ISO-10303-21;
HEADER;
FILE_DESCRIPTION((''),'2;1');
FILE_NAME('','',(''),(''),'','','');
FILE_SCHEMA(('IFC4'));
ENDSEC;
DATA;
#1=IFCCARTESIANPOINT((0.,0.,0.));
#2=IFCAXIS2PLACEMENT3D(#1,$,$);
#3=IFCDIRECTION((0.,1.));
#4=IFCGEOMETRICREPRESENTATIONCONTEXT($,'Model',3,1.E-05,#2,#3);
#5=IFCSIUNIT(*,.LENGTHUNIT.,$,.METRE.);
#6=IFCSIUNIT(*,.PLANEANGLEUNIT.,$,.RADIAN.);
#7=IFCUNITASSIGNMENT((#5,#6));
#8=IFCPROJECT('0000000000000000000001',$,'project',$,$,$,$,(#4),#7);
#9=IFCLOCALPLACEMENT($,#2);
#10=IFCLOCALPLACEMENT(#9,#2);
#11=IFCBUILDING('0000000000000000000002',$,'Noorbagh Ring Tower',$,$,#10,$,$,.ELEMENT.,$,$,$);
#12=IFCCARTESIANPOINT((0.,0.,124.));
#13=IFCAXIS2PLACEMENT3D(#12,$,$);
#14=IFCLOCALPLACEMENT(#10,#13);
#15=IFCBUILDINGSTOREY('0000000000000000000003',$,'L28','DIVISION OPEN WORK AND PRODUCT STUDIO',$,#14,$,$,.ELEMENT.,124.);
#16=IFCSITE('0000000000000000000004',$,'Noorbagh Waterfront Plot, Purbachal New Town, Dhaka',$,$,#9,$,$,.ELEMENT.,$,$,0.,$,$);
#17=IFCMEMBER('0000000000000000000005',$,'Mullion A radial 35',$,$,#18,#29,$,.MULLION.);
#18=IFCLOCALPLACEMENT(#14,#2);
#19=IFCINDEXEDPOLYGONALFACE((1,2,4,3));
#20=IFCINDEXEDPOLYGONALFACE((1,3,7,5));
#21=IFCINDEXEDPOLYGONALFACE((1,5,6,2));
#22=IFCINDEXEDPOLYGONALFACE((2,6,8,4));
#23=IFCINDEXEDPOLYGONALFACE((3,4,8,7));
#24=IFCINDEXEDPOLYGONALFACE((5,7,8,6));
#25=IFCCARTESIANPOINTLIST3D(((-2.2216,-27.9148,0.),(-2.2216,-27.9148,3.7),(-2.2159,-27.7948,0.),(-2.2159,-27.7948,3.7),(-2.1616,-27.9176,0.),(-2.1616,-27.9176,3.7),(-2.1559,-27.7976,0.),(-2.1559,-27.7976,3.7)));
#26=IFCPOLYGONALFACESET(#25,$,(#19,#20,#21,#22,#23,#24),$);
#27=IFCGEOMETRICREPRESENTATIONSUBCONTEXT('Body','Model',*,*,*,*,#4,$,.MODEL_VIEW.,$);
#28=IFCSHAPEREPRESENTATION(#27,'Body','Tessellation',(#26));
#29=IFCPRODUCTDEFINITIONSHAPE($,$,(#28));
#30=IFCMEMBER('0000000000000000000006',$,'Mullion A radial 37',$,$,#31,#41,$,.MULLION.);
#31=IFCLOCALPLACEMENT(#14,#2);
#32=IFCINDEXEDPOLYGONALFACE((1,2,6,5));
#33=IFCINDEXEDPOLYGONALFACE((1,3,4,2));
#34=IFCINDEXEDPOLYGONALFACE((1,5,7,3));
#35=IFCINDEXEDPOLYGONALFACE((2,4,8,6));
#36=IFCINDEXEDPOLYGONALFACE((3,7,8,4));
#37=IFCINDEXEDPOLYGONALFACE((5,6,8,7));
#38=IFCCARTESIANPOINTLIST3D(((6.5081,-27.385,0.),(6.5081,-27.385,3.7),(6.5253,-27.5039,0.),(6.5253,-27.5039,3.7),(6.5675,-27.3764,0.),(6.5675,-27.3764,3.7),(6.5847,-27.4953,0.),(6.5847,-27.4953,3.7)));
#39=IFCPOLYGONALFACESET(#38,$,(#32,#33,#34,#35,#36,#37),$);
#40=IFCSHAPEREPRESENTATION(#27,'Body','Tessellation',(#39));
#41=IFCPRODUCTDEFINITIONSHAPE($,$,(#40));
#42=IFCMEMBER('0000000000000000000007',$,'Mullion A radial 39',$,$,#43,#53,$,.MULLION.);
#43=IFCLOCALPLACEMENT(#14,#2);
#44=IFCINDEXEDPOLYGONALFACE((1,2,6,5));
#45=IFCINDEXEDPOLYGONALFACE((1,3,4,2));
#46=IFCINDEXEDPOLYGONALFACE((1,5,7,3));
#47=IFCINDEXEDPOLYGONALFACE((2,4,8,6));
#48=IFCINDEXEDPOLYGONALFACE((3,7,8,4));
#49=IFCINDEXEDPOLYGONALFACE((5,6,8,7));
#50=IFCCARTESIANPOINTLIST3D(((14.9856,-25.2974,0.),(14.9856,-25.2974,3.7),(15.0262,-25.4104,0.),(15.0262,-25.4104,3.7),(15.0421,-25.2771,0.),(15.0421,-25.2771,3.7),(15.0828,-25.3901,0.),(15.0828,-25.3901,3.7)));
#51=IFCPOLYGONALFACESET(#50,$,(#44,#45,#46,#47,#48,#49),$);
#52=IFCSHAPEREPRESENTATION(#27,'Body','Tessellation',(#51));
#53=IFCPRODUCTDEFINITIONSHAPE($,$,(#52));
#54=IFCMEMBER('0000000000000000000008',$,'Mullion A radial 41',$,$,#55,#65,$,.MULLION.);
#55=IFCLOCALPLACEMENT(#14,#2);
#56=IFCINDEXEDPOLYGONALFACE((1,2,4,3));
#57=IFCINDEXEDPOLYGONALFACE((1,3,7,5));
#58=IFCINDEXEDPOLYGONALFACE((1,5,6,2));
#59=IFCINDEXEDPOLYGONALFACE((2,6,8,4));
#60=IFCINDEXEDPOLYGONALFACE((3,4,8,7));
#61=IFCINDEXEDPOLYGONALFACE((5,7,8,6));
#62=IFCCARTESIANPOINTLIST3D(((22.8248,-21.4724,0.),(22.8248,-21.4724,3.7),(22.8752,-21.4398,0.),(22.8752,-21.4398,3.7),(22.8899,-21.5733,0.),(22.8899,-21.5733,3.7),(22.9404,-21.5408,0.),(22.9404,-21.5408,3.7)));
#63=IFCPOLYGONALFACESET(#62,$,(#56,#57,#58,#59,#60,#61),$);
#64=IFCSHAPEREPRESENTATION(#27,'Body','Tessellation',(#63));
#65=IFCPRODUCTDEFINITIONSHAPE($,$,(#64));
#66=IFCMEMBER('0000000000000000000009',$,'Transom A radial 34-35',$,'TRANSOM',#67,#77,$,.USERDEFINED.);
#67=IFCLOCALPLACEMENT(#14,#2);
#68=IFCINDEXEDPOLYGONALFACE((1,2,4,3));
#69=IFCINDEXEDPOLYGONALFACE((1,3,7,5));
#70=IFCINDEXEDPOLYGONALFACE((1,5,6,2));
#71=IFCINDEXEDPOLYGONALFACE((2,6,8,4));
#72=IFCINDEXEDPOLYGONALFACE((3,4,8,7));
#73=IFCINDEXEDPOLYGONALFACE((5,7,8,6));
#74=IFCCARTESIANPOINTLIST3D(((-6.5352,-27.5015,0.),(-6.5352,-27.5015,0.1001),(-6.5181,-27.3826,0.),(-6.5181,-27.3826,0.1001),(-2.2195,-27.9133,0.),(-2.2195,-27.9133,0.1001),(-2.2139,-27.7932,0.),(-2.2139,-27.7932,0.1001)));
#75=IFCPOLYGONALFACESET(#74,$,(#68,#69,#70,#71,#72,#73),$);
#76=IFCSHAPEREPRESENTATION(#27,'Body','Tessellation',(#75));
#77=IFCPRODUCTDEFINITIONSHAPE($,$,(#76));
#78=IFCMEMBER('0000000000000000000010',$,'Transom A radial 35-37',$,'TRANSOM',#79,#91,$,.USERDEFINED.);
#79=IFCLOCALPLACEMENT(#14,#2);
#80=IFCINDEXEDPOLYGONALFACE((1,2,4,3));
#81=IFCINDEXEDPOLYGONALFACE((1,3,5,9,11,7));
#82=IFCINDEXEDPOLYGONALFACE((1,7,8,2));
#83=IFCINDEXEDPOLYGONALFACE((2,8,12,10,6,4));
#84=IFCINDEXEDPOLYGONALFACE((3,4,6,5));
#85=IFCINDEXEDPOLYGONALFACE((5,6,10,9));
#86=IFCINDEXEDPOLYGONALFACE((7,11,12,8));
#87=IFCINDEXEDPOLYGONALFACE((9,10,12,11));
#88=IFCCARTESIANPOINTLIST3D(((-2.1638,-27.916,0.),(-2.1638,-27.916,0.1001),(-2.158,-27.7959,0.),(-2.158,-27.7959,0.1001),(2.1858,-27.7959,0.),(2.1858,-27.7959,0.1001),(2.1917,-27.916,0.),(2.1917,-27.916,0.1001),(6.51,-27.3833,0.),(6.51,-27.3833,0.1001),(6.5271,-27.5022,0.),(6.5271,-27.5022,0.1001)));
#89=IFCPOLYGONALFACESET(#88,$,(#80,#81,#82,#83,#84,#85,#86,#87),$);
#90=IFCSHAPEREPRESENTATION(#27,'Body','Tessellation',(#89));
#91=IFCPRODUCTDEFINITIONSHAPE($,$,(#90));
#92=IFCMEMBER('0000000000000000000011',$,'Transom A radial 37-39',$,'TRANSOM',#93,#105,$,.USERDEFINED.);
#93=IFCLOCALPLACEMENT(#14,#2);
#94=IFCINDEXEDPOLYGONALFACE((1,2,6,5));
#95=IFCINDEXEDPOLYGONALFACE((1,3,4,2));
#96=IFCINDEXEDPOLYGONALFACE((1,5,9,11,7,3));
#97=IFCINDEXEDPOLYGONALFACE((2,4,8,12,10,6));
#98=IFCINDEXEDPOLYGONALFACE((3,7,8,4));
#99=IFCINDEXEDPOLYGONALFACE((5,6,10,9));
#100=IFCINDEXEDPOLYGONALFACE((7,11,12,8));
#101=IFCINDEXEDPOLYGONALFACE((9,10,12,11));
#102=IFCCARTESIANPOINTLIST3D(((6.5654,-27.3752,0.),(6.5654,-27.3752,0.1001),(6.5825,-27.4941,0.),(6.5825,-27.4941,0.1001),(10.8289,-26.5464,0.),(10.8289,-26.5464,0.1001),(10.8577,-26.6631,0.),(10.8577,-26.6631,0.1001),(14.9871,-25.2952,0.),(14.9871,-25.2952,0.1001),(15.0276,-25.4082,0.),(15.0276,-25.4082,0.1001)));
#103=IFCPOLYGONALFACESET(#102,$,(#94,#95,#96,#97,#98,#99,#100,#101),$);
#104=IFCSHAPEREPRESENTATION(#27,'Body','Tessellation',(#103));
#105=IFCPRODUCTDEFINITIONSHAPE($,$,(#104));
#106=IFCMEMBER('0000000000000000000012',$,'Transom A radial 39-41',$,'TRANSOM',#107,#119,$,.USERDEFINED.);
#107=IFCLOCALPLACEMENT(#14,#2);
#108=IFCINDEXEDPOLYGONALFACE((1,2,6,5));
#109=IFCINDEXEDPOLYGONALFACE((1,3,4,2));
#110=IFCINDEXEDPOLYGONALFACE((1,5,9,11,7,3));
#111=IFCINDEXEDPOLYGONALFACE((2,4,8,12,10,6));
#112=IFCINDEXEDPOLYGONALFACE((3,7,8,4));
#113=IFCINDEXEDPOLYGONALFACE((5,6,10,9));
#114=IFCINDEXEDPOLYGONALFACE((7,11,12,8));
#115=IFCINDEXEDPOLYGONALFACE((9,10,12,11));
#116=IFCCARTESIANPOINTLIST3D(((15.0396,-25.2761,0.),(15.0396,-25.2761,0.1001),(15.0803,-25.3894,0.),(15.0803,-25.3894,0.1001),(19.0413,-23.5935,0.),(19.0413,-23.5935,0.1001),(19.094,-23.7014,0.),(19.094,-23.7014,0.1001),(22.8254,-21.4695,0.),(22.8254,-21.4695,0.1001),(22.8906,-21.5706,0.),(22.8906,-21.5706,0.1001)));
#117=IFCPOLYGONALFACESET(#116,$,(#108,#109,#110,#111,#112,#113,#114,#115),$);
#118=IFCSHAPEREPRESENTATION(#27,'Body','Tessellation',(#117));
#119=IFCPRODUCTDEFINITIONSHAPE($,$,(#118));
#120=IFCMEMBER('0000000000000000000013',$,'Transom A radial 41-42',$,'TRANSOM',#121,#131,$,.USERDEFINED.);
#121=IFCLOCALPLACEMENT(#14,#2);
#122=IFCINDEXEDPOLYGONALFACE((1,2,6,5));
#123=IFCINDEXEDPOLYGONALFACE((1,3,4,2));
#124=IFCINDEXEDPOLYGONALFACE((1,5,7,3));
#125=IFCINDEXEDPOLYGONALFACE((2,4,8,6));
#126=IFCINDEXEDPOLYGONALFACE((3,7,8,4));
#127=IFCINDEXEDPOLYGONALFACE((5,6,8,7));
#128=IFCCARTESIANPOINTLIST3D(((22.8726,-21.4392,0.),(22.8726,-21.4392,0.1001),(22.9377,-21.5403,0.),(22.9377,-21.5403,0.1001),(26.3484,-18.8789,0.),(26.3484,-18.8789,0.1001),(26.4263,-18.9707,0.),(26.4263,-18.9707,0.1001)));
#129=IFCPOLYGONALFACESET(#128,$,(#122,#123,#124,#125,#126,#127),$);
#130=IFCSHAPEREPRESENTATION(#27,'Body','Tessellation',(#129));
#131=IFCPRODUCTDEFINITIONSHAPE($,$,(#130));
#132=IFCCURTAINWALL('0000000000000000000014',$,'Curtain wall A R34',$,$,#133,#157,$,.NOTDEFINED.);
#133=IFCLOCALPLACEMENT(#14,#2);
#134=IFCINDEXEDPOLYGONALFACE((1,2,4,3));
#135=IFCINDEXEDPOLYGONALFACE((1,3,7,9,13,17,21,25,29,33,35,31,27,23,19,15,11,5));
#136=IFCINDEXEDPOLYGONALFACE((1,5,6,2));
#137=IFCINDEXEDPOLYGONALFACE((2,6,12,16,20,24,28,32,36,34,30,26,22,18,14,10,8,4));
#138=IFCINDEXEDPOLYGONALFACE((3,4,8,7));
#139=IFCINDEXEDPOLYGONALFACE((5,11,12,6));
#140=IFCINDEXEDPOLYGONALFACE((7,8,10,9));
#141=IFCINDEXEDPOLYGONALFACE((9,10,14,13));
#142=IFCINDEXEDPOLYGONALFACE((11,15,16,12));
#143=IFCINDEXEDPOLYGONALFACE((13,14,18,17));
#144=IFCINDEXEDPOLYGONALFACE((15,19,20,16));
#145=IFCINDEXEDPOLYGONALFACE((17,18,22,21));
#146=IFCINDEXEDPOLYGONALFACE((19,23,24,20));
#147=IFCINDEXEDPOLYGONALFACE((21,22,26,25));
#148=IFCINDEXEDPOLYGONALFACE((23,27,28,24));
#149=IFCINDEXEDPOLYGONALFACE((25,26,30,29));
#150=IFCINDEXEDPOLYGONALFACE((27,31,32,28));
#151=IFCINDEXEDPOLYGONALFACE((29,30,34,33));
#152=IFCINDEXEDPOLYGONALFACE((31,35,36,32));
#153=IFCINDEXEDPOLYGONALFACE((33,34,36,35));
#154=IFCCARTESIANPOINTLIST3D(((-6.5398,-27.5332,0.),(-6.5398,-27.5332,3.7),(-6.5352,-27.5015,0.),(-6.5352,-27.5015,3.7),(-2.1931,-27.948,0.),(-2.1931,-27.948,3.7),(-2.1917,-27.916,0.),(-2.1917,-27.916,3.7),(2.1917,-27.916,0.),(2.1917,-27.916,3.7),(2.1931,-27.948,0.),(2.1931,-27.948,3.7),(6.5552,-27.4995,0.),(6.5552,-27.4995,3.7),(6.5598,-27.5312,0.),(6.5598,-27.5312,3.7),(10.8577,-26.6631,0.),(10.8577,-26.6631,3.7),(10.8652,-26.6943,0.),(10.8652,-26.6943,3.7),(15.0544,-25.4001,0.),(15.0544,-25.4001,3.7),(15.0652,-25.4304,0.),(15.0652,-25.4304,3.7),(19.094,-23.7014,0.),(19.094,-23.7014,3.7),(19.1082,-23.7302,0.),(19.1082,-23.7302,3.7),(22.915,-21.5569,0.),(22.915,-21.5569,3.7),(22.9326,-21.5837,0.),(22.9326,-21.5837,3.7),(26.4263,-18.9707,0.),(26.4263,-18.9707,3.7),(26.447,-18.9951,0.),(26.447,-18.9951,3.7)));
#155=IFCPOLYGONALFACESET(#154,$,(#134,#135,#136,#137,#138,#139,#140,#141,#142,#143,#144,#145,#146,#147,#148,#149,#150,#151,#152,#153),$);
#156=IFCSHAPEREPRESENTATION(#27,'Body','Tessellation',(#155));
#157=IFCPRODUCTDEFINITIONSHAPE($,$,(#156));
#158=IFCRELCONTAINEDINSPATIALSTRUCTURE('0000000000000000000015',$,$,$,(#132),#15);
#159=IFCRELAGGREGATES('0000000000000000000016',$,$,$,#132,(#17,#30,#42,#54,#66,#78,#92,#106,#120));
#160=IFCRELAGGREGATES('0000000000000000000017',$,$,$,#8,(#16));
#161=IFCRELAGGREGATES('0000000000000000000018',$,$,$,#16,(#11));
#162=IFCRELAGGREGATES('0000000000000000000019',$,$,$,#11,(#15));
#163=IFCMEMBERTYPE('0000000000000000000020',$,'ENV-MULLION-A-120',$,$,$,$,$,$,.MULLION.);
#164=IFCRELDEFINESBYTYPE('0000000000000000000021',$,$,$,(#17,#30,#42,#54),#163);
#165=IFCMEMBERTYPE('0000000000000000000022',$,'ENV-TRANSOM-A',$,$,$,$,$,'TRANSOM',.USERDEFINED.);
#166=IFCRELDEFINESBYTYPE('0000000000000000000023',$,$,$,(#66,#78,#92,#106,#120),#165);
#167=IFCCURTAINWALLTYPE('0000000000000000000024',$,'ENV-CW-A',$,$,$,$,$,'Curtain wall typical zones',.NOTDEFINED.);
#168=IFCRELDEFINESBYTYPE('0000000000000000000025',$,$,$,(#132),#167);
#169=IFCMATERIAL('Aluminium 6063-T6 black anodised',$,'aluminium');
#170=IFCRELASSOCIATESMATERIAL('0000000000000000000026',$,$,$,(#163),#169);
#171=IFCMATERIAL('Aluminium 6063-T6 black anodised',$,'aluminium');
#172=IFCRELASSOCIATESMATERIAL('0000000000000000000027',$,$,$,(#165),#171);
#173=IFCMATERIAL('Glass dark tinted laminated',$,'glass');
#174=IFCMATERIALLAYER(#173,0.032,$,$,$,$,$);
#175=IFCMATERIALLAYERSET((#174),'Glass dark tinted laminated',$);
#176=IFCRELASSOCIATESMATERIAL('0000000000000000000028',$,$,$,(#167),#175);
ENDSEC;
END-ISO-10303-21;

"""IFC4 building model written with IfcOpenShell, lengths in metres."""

from ifc_helpers import new_model, si_unit, direction, frame, origin, origin_2d, place, context, subcontext, project, spatial, polyline, rectangle, outline, extrude, material, layer, layer_set, material_profile, profile_set, type_object, element, aggregate, save


model = new_model("IFC4")

# Units and contexts
model_context = context("Model", 3, precision=1e-05, world=origin(), true_north=direction((0.0, 1.0)))
body_context = subcontext(model_context, "Body", "Model", "MODEL_VIEW")
ifc_project = project(units=[si_unit("LENGTHUNIT", "METRE"), si_unit("PLANEANGLEUNIT", "RADIAN")], contexts=[model_context])

# Members
ifc_material_1 = material(Name="Aluminium 6063-T6 black anodised", Category="aluminium")
ifc_material_profile = material_profile(ifc_material_1, rectangle(XDim=0.1201, YDim=0.0601, at=origin_2d()), Name="120x60")
ifc_profile_set = profile_set([ifc_material_profile], Name="Aluminium 6063-T6 black anodised")
member_type_1 = type_object("IfcMemberType", Name="ENV-MULLION-A-120", PredefinedType="MULLION", material=ifc_profile_set)
site_placement = place(None, origin())
building_placement = place(site_placement, origin())
storey_placement = place(building_placement, frame((0.0, 0.0, 124.0)))
member_1_placement = place(storey_placement, frame((-2.1887, -27.8562, 0.0), z_axis=(0.0, 0.0, 1.0), x_axis=(0.047558, 0.998868, 0.0)))
member_1 = element("IfcMember", 1, at=member_1_placement, type_object=member_type_1, Name="Mullion A radial 35", PredefinedType="MULLION", context=body_context, shape_type="SweptSolid", body=[
    extrude(rectangle(XDim=0.1201, YDim=0.0601, at=origin_2d()), origin(), (0.0, 0.0, 1.0), 3.7),
])
member_2_placement = place(storey_placement, frame((6.5464, -27.4402, 0.0), z_axis=(0.0, 0.0, 1.0), x_axis=(-0.143082, 0.989711, 0.0)))
member_2 = element("IfcMember", 2, at=member_2_placement, type_object=member_type_1, Name="Mullion A radial 37", PredefinedType="MULLION", context=body_context, shape_type="SweptSolid", body=[
    extrude(rectangle(XDim=0.1201, YDim=0.0601, at=origin_2d()), origin(), (0.0, 0.0, 1.0), 3.7),
])
member_3_placement = place(storey_placement, frame((15.0342, -25.3438, 0.0), z_axis=(0.0, 0.0, 1.0), x_axis=(-0.338379, 0.94101, 0.0)))
member_3 = element("IfcMember", 3, at=member_3_placement, type_object=member_type_1, Name="Mullion A radial 39", PredefinedType="MULLION", context=body_context, shape_type="SweptSolid", body=[
    extrude(rectangle(XDim=0.1201, YDim=0.0601, at=origin_2d()), origin(), (0.0, 0.0, 1.0), 3.7),
])
member_4_placement = place(storey_placement, frame((22.8826, -21.5066, 0.0), z_axis=(0.0, 0.0, 1.0), x_axis=(-0.542279, 0.840198, 0.0)))
member_4 = element("IfcMember", 4, at=member_4_placement, type_object=member_type_1, Name="Mullion A radial 41", PredefinedType="MULLION", context=body_context, shape_type="SweptSolid", body=[
    extrude(rectangle(XDim=0.1201, YDim=0.0601, at=origin_2d()), origin(), (0.0, 0.0, 1.0), 3.7),
])
ifc_material_2 = material(Name="Aluminium 6063-T6 black anodised", Category="aluminium")
member_type_2 = type_object("IfcMemberType", Name="ENV-TRANSOM-A", ElementType="TRANSOM", PredefinedType="USERDEFINED", material=ifc_material_2)
member_5_placement = place(storey_placement, origin())
member_5 = element("IfcMember", 5, at=member_5_placement, type_object=member_type_2, Name="Transom A radial 34-35", ObjectType="TRANSOM", PredefinedType="USERDEFINED", context=body_context, shape_type="SweptSolid", body=[
    extrude(outline(polyline([(-6.5352, -27.5015), (-2.2195, -27.9133), (-2.2139, -27.7932), (-6.5181, -27.3826), (-6.5352, -27.5015)])), origin(), (0.0, 0.0, 1.0), 0.1001),
])
member_6_placement = place(storey_placement, origin())
member_6 = element("IfcMember", 6, at=member_6_placement, type_object=member_type_2, Name="Transom A radial 35-37", ObjectType="TRANSOM", PredefinedType="USERDEFINED", context=body_context, shape_type="SweptSolid", body=[
    extrude(outline(polyline([(-2.1638, -27.916), (2.1917, -27.916), (6.5271, -27.5022), (6.51, -27.3833), (2.1858, -27.7959), (-2.158, -27.7959), (-2.1638, -27.916)])), origin(), (0.0, 0.0, 1.0), 0.1001),
])
member_7_placement = place(storey_placement, origin())
member_7 = element("IfcMember", 7, at=member_7_placement, type_object=member_type_2, Name="Transom A radial 37-39", ObjectType="TRANSOM", PredefinedType="USERDEFINED", context=body_context, shape_type="SweptSolid", body=[
    extrude(outline(polyline([(6.5825, -27.4941), (10.8577, -26.6631), (15.0276, -25.4082), (14.9871, -25.2952), (10.8289, -26.5464), (6.5654, -27.3752), (6.5825, -27.4941)])), origin(), (0.0, 0.0, 1.0), 0.1001),
])
member_8_placement = place(storey_placement, origin())
member_8 = element("IfcMember", 8, at=member_8_placement, type_object=member_type_2, Name="Transom A radial 39-41", ObjectType="TRANSOM", PredefinedType="USERDEFINED", context=body_context, shape_type="SweptSolid", body=[
    extrude(outline(polyline([(15.0803, -25.3894), (19.094, -23.7014), (22.8906, -21.5706), (22.8254, -21.4695), (19.0413, -23.5935), (15.0396, -25.2761), (15.0803, -25.3894)])), origin(), (0.0, 0.0, 1.0), 0.1001),
])
member_9_placement = place(storey_placement, origin())
member_9 = element("IfcMember", 9, at=member_9_placement, type_object=member_type_2, Name="Transom A radial 41-42", ObjectType="TRANSOM", PredefinedType="USERDEFINED", context=body_context, shape_type="SweptSolid", body=[
    extrude(outline(polyline([(22.9377, -21.5403), (26.4263, -18.9707), (26.3484, -18.8789), (22.8726, -21.4392), (22.9377, -21.5403)])), origin(), (0.0, 0.0, 1.0), 0.1001),
])

# Site, building, storey
site = spatial("IfcSite", under=ifc_project, at=site_placement, Name="Noorbagh Waterfront Plot, Purbachal New Town, Dhaka", CompositionType="ELEMENT", RefElevation=0.0)
building = spatial("IfcBuilding", under=site, at=building_placement, Name="Noorbagh Ring Tower", CompositionType="ELEMENT")
storey = spatial("IfcBuildingStorey", under=building, at=storey_placement, Name="L28", Description="DIVISION OPEN WORK AND PRODUCT STUDIO", CompositionType="ELEMENT", Elevation=124.0)

# Curtain wall
ifc_material_3 = material(Name="Glass dark tinted laminated", Category="glass")
ifc_layer = layer(ifc_material_3, 0.032)
ifc_layer_set = layer_set([ifc_layer], Name="Glass dark tinted laminated")
curtain_wall_type = type_object("IfcCurtainWallType", Name="ENV-CW-A", ElementType="Curtain wall typical zones", PredefinedType="NOTDEFINED", material=ifc_layer_set)
curtain_wall_1_placement = place(storey_placement, origin())
curtain_wall_1 = element("IfcCurtainWall", 10, at=curtain_wall_1_placement, inside=storey, type_object=curtain_wall_type, Name="Curtain wall A R34", PredefinedType="NOTDEFINED", context=body_context, shape_type="SweptSolid", body=[
    extrude(outline(polyline([(-6.5398, -27.5332), (-2.1931, -27.948), (2.1931, -27.948), (6.5598, -27.5312), (10.8652, -26.6943), (15.0652, -25.4304), (19.1082, -23.7302), (22.9326, -21.5837), (26.447, -18.9951), (26.4263, -18.9707), (22.915, -21.5569), (19.094, -23.7014), (15.0544, -25.4001), (10.8577, -26.6631), (6.5552, -27.4995), (2.1917, -27.916), (-2.1917, -27.916), (-6.5352, -27.5015), (-6.5398, -27.5332)])), origin(), (0.0, 0.0, 1.0), 3.7),
])
aggregate(curtain_wall_1, [member_1, member_2, member_3, member_4, member_5, member_6, member_7, member_8, member_9])

save(model, "model.ifc")
